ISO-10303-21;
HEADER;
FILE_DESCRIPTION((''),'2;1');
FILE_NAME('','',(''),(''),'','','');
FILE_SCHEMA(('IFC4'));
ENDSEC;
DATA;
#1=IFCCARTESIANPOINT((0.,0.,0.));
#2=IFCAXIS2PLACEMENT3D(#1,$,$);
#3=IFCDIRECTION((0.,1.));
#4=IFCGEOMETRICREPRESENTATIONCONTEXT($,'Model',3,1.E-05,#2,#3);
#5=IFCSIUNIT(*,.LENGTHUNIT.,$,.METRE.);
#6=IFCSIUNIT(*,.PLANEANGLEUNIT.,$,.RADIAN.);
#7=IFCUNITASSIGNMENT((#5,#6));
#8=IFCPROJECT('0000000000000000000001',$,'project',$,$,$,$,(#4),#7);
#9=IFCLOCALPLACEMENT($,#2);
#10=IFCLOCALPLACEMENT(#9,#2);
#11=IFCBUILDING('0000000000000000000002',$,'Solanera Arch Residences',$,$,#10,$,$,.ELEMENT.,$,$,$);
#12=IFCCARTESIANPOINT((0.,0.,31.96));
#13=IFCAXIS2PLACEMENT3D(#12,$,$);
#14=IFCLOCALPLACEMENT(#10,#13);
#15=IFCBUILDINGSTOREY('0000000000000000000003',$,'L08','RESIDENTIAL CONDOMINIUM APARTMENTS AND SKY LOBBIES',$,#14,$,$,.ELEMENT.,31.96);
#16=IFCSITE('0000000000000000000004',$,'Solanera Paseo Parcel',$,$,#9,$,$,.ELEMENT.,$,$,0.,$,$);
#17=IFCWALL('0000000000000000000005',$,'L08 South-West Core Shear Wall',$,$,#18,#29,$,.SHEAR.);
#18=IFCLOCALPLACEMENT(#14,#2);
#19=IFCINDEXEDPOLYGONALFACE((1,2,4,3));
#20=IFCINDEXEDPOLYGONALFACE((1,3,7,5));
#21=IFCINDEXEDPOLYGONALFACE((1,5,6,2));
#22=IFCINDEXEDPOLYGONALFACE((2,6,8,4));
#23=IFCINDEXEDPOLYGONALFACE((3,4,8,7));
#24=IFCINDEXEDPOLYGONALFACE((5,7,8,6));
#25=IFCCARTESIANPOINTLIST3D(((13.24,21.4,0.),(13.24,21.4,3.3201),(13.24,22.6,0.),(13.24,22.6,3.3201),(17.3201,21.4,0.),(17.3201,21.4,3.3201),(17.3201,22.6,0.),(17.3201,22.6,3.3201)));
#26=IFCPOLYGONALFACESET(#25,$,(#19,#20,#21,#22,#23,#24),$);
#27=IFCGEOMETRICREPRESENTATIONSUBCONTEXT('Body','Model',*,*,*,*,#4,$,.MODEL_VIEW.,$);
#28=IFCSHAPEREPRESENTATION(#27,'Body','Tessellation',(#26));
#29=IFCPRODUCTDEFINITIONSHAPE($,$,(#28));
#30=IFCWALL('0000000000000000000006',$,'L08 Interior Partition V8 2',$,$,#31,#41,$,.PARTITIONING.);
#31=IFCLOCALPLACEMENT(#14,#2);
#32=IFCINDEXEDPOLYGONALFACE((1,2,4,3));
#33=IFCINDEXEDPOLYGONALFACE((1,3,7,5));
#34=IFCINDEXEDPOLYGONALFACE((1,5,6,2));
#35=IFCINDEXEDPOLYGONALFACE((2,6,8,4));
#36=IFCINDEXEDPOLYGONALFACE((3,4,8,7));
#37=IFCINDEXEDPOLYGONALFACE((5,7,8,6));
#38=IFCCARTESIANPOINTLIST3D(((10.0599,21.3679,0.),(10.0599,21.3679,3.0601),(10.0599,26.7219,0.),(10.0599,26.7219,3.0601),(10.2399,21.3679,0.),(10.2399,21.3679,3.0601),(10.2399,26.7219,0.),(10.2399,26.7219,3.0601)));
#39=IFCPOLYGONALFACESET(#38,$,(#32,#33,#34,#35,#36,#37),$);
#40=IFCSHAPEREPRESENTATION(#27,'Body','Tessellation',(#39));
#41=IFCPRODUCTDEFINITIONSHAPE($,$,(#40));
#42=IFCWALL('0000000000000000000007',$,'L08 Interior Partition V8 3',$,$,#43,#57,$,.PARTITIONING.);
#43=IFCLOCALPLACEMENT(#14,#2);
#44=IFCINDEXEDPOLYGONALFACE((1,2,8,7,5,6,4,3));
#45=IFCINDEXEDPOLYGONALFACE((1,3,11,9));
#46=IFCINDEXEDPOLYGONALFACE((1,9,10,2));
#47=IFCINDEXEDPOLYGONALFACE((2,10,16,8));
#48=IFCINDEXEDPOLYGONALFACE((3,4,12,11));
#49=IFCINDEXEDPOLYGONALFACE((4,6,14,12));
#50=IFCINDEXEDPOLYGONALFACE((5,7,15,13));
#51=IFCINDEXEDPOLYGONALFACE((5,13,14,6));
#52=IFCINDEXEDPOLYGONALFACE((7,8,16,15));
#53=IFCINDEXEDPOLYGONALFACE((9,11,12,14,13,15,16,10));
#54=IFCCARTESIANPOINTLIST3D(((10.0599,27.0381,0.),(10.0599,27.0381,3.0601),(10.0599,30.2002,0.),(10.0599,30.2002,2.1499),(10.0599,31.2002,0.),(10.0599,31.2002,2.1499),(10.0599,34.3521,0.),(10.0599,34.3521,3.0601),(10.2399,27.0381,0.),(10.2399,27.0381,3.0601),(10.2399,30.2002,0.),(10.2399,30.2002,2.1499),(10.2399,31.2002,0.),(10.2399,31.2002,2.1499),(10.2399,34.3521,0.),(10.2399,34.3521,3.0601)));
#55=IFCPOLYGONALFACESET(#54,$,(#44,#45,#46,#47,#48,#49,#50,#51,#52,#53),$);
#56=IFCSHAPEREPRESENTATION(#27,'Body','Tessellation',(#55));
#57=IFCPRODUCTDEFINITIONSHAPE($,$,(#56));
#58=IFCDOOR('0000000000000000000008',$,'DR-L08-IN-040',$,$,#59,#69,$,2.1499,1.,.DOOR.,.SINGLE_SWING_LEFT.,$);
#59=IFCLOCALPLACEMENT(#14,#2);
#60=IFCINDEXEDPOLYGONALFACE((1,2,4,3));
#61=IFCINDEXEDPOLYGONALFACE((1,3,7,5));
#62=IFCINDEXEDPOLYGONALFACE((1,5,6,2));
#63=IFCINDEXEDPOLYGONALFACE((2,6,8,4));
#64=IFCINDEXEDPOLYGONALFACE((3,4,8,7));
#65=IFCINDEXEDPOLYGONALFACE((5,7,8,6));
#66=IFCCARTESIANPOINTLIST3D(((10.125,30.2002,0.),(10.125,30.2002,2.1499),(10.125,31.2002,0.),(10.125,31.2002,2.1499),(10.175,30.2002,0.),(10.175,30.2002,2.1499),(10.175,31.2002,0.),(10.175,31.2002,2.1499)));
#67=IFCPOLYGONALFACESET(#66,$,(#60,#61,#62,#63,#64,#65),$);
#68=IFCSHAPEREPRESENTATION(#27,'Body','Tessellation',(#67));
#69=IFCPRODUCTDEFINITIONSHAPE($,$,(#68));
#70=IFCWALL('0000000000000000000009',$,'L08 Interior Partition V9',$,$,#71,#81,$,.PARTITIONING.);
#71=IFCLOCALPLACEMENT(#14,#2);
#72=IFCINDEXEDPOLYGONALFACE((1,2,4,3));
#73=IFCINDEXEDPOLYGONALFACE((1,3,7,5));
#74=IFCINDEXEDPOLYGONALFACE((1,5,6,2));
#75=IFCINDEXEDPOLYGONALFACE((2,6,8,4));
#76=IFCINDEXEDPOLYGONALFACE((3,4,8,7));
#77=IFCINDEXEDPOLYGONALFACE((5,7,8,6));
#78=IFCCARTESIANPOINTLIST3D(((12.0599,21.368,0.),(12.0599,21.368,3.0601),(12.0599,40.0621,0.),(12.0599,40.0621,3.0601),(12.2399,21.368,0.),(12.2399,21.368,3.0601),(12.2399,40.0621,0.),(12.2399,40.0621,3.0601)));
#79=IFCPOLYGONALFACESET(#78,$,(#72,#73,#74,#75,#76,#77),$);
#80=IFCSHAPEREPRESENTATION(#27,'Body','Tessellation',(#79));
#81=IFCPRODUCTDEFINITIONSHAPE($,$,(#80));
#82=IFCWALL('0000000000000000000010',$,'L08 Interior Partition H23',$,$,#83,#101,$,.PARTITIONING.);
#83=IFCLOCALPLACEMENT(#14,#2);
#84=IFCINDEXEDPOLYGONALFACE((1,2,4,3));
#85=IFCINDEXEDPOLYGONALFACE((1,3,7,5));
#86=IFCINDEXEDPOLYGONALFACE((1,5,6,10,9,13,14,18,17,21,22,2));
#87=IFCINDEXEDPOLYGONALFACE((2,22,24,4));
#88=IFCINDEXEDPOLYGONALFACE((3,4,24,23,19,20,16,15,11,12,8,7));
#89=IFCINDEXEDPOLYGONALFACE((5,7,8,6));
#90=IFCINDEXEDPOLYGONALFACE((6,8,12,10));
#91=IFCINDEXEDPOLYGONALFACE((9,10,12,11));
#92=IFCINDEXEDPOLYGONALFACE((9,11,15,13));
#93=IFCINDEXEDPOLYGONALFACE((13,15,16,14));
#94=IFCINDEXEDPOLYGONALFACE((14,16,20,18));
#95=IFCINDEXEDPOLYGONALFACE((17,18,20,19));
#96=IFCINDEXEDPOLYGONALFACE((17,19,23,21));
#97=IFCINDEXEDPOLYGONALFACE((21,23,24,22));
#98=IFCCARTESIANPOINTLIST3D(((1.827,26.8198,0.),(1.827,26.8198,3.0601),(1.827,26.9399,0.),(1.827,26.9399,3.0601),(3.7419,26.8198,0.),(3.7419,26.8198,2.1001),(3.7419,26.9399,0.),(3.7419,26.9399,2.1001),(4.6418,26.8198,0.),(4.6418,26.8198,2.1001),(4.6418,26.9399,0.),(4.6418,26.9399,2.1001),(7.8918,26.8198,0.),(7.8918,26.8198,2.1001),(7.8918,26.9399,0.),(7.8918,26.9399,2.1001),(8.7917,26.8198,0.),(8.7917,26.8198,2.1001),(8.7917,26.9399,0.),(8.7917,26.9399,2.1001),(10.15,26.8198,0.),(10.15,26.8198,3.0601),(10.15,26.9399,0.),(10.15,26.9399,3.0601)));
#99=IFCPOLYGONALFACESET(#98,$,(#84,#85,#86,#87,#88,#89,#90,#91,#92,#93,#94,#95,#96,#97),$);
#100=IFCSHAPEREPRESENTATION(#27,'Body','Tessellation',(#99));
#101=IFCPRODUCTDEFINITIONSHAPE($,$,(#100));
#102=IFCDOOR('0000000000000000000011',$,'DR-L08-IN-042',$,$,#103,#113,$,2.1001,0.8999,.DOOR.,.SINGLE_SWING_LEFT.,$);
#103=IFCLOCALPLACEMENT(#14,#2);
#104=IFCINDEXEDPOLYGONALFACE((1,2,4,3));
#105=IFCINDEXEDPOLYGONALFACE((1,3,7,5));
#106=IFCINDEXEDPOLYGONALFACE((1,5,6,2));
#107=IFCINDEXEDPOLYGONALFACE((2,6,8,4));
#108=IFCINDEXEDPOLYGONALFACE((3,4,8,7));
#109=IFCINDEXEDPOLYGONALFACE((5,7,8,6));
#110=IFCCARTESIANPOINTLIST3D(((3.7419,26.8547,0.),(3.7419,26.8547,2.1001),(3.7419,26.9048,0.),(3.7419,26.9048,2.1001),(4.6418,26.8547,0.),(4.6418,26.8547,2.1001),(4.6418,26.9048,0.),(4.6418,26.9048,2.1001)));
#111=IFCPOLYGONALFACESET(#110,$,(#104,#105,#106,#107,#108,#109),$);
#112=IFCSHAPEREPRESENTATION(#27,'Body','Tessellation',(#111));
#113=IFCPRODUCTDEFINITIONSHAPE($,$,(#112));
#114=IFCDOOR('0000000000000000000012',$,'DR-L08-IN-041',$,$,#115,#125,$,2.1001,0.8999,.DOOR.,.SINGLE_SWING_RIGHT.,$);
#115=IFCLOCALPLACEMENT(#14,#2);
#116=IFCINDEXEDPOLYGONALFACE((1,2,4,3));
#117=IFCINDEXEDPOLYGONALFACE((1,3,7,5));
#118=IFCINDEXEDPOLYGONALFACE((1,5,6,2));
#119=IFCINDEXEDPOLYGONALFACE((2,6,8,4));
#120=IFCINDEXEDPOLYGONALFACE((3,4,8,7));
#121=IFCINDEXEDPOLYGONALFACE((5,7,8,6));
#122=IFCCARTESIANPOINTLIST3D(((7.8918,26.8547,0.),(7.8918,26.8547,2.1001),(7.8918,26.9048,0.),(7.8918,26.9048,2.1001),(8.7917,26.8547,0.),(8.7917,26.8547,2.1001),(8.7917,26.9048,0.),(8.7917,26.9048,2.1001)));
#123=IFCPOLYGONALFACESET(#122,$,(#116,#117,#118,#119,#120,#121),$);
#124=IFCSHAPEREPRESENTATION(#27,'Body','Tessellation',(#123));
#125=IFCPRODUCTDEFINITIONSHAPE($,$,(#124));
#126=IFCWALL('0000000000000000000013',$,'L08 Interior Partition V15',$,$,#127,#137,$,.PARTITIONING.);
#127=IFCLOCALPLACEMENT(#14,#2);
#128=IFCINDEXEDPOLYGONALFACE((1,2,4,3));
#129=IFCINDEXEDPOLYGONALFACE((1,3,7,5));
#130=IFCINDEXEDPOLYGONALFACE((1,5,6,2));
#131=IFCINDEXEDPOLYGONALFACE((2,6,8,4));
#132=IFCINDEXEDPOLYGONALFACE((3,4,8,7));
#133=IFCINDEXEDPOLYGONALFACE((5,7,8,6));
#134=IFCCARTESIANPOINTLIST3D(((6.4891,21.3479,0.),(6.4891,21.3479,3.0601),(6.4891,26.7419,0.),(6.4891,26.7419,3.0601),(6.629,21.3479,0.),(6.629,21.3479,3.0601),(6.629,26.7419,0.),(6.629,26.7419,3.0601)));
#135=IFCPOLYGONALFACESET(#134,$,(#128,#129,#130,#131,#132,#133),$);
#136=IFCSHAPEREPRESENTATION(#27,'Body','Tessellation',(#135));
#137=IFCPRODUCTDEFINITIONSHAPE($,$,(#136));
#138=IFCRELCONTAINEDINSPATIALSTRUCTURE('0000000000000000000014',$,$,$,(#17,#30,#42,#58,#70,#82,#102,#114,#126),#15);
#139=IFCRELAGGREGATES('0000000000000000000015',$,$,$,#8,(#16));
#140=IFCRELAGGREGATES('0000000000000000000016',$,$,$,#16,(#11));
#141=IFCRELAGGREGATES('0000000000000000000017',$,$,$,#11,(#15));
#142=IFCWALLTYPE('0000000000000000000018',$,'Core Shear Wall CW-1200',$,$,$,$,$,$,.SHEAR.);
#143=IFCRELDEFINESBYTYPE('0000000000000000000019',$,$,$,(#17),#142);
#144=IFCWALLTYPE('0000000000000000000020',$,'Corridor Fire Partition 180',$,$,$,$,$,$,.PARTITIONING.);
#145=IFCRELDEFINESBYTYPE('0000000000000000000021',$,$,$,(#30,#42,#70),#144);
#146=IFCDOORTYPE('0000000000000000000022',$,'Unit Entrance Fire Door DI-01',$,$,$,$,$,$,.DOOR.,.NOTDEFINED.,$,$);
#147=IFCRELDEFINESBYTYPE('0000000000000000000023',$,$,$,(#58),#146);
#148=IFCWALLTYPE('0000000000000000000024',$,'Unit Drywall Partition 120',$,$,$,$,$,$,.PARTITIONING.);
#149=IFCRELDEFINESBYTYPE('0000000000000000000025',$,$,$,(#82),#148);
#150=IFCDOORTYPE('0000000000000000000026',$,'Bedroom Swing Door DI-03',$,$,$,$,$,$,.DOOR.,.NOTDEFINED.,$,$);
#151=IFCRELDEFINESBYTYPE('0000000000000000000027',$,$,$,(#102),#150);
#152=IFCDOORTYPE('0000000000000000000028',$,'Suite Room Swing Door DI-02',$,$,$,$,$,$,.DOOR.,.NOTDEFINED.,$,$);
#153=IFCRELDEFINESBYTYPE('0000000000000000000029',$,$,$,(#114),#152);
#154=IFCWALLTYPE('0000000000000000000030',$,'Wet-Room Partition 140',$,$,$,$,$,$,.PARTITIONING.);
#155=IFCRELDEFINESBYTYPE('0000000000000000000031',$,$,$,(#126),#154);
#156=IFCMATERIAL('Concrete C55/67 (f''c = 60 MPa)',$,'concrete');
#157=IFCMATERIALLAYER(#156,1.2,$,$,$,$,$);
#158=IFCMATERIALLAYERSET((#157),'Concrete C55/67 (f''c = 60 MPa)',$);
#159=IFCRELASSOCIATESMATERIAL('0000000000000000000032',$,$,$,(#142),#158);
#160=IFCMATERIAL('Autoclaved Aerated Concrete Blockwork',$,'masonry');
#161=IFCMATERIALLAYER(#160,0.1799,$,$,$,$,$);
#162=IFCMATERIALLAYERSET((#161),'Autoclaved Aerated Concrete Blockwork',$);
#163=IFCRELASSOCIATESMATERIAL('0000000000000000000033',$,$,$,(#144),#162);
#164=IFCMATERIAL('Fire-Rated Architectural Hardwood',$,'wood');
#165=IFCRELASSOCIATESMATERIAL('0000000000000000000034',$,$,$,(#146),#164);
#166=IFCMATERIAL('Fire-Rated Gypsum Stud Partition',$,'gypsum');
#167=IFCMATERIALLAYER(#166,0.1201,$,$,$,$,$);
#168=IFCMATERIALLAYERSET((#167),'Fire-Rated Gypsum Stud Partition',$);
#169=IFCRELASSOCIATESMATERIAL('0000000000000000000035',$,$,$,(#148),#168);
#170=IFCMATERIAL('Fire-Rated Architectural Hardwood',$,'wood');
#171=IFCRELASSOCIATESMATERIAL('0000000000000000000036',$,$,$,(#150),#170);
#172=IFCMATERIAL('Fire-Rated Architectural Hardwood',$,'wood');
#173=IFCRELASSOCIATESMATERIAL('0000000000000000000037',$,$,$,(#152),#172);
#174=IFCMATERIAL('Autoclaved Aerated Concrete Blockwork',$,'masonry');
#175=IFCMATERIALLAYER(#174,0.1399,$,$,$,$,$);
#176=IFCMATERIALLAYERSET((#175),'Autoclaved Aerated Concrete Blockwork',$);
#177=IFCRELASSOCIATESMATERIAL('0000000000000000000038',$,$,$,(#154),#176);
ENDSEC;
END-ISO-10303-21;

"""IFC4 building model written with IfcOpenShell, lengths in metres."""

from ifc_helpers import new_model, si_unit, direction, frame, frame_2d, origin, place, context, subcontext, project, spatial, rectangle, extrude, material, layer, layer_set, type_object, element, fill, save


model = new_model("IFC4")

# Units and contexts
model_context = context("Model", 3, precision=1e-05, world=origin(), true_north=direction((0.0, 1.0)))
body_context = subcontext(model_context, "Body", "Model", "MODEL_VIEW")
ifc_project = project(units=[si_unit("LENGTHUNIT", "METRE"), si_unit("PLANEANGLEUNIT", "RADIAN")], contexts=[model_context])

# Site, building, storey
site_placement = place(None, origin())
site = spatial("IfcSite", under=ifc_project, at=site_placement, Name="Solanera Paseo Parcel", CompositionType="ELEMENT", RefElevation=0.0)
building_placement = place(site_placement, origin())
building = spatial("IfcBuilding", under=site, at=building_placement, Name="Solanera Arch Residences", CompositionType="ELEMENT")
storey_placement = place(building_placement, frame((0.0, 0.0, 31.96)))
storey = spatial("IfcBuildingStorey", under=building, at=storey_placement, Name="L08", Description="RESIDENTIAL CONDOMINIUM APARTMENTS AND SKY LOBBIES", CompositionType="ELEMENT", Elevation=31.96)

# Walls
ifc_material_1 = material(Name="Concrete C55/67 (f'c = 60 MPa)", Category="concrete")
ifc_layer_1 = layer(ifc_material_1, 1.2)
ifc_layer_set_1 = layer_set([ifc_layer_1], Name="Concrete C55/67 (f'c = 60 MPa)")
wall_type_1 = type_object("IfcWallType", Name="Core Shear Wall CW-1200", PredefinedType="SHEAR", material=ifc_layer_set_1)
wall_1_placement = place(storey_placement, frame((13.24, 22.0, 0.0), z_axis=(0.0, 0.0, 1.0), x_axis=(1.0, 0.0, 0.0)))
element("IfcWall", 1, at=wall_1_placement, inside=storey, type_object=wall_type_1, Name="L08 South-West Core Shear Wall", PredefinedType="SHEAR", context=body_context, shape_type="SweptSolid", body=[
    extrude(rectangle(XDim=4.0801, YDim=1.2, at=frame_2d((2.04, 0.0))), origin(), (0.0, 0.0, 1.0), 3.3201),
])
ifc_material_2 = material(Name="Autoclaved Aerated Concrete Blockwork", Category="masonry")
ifc_layer_2 = layer(ifc_material_2, 0.1799)
ifc_layer_set_2 = layer_set([ifc_layer_2], Name="Autoclaved Aerated Concrete Blockwork")
wall_type_2 = type_object("IfcWallType", Name="Corridor Fire Partition 180", PredefinedType="PARTITIONING", material=ifc_layer_set_2)
wall_2_placement = place(storey_placement, frame((10.1499, 21.3679, 0.0), z_axis=(0.0, 0.0, 1.0), x_axis=(0.0, 1.0, 0.0)))
element("IfcWall", 2, at=wall_2_placement, inside=storey, type_object=wall_type_2, Name="L08 Interior Partition V8 2", PredefinedType="PARTITIONING", context=body_context, shape_type="SweptSolid", body=[
    extrude(rectangle(XDim=5.354, YDim=0.1799, at=frame_2d((2.677, 0.0))), origin(), (0.0, 0.0, 1.0), 3.0601),
])

# Wall, opening, door
wall_3_placement = place(storey_placement, frame((10.1499, 27.0381, 0.0), z_axis=(0.0, 0.0, 1.0), x_axis=(0.0, 1.0, 0.0)))
wall_3 = element("IfcWall", 3, at=wall_3_placement, inside=storey, type_object=wall_type_2, Name="L08 Interior Partition V8 3", PredefinedType="PARTITIONING", context=body_context, shape_type="SweptSolid", body=[
    extrude(rectangle(XDim=7.314, YDim=0.1799, at=frame_2d((3.657, 0.0))), origin(), (0.0, 0.0, 1.0), 3.0601),
])
opening_1_placement = place(wall_3_placement, frame((3.1621, 0.0, 0.0)))
opening_1 = element("IfcOpeningElement", 4, at=opening_1_placement, cuts=wall_3, PredefinedType="OPENING", context=body_context, shape_type="SweptSolid", body=[
    extrude(rectangle(XDim=1.0, YDim=2.1499, at=frame_2d((0.5, 1.075))), frame((0.0, 0.1001, 0.0), z_axis=(0.0, -1.0, 0.0), x_axis=(1.0, 0.0, 0.0)), (0.0, 0.0, 1.0), 0.1999),
])
ifc_material_3 = material(Name="Fire-Rated Architectural Hardwood", Category="wood")
door_type_1 = type_object("IfcDoorType", Name="Unit Entrance Fire Door DI-01", OperationType="NOTDEFINED", PredefinedType="DOOR", material=ifc_material_3)
door_1_placement = place(opening_1_placement, origin())
door_1 = element("IfcDoor", 5, at=door_1_placement, inside=storey, type_object=door_type_1, Name="DR-L08-IN-040", OperationType="SINGLE_SWING_LEFT", OverallHeight=2.1499, OverallWidth=1.0, PredefinedType="DOOR", context=body_context, shape_type="SweptSolid", body=[
    extrude(rectangle(XDim=1.0, YDim=2.1499, at=frame_2d((0.5, 1.075))), frame((0.0, 0.0249, 0.0), z_axis=(0.0, -1.0, 0.0), x_axis=(1.0, 0.0, 0.0)), (0.0, 0.0, 1.0), 0.05),
])
fill(opening_1, door_1)

# Wall
wall_4_placement = place(storey_placement, frame((12.1499, 21.3679, 0.0), z_axis=(0.0, 0.0, 1.0), x_axis=(0.0, 1.0, 0.0)))
element("IfcWall", 6, at=wall_4_placement, inside=storey, type_object=wall_type_2, Name="L08 Interior Partition V9", PredefinedType="PARTITIONING", context=body_context, shape_type="SweptSolid", body=[
    extrude(rectangle(XDim=18.6941, YDim=0.1799, at=frame_2d((9.3472, 0.0))), origin(), (0.0, 0.0, 1.0), 3.0601),
])

# Wall, openings, doors
ifc_material_4 = material(Name="Fire-Rated Gypsum Stud Partition", Category="gypsum")
ifc_layer_3 = layer(ifc_material_4, 0.1201)
ifc_layer_set_3 = layer_set([ifc_layer_3], Name="Fire-Rated Gypsum Stud Partition")
wall_type_3 = type_object("IfcWallType", Name="Unit Drywall Partition 120", PredefinedType="PARTITIONING", material=ifc_layer_set_3)
wall_5_placement = place(storey_placement, frame((1.8269, 26.8799, 0.0), z_axis=(0.0, 0.0, 1.0), x_axis=(1.0, 0.0, 0.0)))
wall_5 = element("IfcWall", 7, at=wall_5_placement, inside=storey, type_object=wall_type_3, Name="L08 Interior Partition H23", PredefinedType="PARTITIONING", context=body_context, shape_type="SweptSolid", body=[
    extrude(rectangle(XDim=8.323, YDim=0.1201, at=frame_2d((4.1616, 0.0))), origin(), (0.0, 0.0, 1.0), 3.0601),
])
opening_2_placement = place(wall_5_placement, frame((6.0649, 0.0, 0.0)))
opening_2 = element("IfcOpeningElement", 8, at=opening_2_placement, cuts=wall_5, PredefinedType="OPENING", context=body_context, shape_type="SweptSolid", body=[
    extrude(rectangle(XDim=0.8999, YDim=2.1001, at=frame_2d((0.45, 1.05))), frame((0.0, 0.0701, 0.0), z_axis=(0.0, -1.0, 0.0), x_axis=(1.0, 0.0, 0.0)), (0.0, 0.0, 1.0), 0.1401),
])
opening_3_placement = place(wall_5_placement, frame((1.915, 0.0, 0.0)))
opening_3 = element("IfcOpeningElement", 9, at=opening_3_placement, cuts=wall_5, PredefinedType="OPENING", context=body_context, shape_type="SweptSolid", body=[
    extrude(rectangle(XDim=0.8999, YDim=2.1001, at=frame_2d((0.45, 1.05))), frame((0.0, 0.0701, 0.0), z_axis=(0.0, -1.0, 0.0), x_axis=(1.0, 0.0, 0.0)), (0.0, 0.0, 1.0), 0.1401),
])
ifc_material_5 = material(Name="Fire-Rated Architectural Hardwood", Category="wood")
door_type_2 = type_object("IfcDoorType", Name="Bedroom Swing Door DI-03", OperationType="NOTDEFINED", PredefinedType="DOOR", material=ifc_material_5)
door_2_placement = place(opening_3_placement, origin())
door_2 = element("IfcDoor", 10, at=door_2_placement, inside=storey, type_object=door_type_2, Name="DR-L08-IN-042", OperationType="SINGLE_SWING_LEFT", OverallHeight=2.1001, OverallWidth=0.8999, PredefinedType="DOOR", context=body_context, shape_type="SweptSolid", body=[
    extrude(rectangle(XDim=0.8999, YDim=2.1001, at=frame_2d((0.45, 1.05))), frame((0.0, 0.0249, 0.0), z_axis=(0.0, -1.0, 0.0), x_axis=(1.0, 0.0, 0.0)), (0.0, 0.0, 1.0), 0.05),
])
fill(opening_3, door_2)
ifc_material_6 = material(Name="Fire-Rated Architectural Hardwood", Category="wood")
door_type_3 = type_object("IfcDoorType", Name="Suite Room Swing Door DI-02", OperationType="NOTDEFINED", PredefinedType="DOOR", material=ifc_material_6)
door_3_placement = place(opening_2_placement, origin())
door_3 = element("IfcDoor", 11, at=door_3_placement, inside=storey, type_object=door_type_3, Name="DR-L08-IN-041", OperationType="SINGLE_SWING_RIGHT", OverallHeight=2.1001, OverallWidth=0.8999, PredefinedType="DOOR", context=body_context, shape_type="SweptSolid", body=[
    extrude(rectangle(XDim=0.8999, YDim=2.1001, at=frame_2d((0.45, 1.05))), frame((0.0, 0.0249, 0.0), z_axis=(0.0, -1.0, 0.0), x_axis=(1.0, 0.0, 0.0)), (0.0, 0.0, 1.0), 0.05),
])
fill(opening_2, door_3)

# Wall
ifc_material_7 = material(Name="Autoclaved Aerated Concrete Blockwork", Category="masonry")
ifc_layer_4 = layer(ifc_material_7, 0.1399)
ifc_layer_set_4 = layer_set([ifc_layer_4], Name="Autoclaved Aerated Concrete Blockwork")
wall_type_4 = type_object("IfcWallType", Name="Wet-Room Partition 140", PredefinedType="PARTITIONING", material=ifc_layer_set_4)
wall_6_placement = place(storey_placement, frame((6.5591, 21.3479, 0.0), z_axis=(0.0, 0.0, 1.0), x_axis=(0.0, 1.0, 0.0)))
element("IfcWall", 12, at=wall_6_placement, inside=storey, type_object=wall_type_4, Name="L08 Interior Partition V15", PredefinedType="PARTITIONING", context=body_context, shape_type="SweptSolid", body=[
    extrude(rectangle(XDim=5.394, YDim=0.1399, at=frame_2d((2.697, 0.0))), origin(), (0.0, 0.0, 1.0), 3.0601),
])

save(model, "model.ifc")
